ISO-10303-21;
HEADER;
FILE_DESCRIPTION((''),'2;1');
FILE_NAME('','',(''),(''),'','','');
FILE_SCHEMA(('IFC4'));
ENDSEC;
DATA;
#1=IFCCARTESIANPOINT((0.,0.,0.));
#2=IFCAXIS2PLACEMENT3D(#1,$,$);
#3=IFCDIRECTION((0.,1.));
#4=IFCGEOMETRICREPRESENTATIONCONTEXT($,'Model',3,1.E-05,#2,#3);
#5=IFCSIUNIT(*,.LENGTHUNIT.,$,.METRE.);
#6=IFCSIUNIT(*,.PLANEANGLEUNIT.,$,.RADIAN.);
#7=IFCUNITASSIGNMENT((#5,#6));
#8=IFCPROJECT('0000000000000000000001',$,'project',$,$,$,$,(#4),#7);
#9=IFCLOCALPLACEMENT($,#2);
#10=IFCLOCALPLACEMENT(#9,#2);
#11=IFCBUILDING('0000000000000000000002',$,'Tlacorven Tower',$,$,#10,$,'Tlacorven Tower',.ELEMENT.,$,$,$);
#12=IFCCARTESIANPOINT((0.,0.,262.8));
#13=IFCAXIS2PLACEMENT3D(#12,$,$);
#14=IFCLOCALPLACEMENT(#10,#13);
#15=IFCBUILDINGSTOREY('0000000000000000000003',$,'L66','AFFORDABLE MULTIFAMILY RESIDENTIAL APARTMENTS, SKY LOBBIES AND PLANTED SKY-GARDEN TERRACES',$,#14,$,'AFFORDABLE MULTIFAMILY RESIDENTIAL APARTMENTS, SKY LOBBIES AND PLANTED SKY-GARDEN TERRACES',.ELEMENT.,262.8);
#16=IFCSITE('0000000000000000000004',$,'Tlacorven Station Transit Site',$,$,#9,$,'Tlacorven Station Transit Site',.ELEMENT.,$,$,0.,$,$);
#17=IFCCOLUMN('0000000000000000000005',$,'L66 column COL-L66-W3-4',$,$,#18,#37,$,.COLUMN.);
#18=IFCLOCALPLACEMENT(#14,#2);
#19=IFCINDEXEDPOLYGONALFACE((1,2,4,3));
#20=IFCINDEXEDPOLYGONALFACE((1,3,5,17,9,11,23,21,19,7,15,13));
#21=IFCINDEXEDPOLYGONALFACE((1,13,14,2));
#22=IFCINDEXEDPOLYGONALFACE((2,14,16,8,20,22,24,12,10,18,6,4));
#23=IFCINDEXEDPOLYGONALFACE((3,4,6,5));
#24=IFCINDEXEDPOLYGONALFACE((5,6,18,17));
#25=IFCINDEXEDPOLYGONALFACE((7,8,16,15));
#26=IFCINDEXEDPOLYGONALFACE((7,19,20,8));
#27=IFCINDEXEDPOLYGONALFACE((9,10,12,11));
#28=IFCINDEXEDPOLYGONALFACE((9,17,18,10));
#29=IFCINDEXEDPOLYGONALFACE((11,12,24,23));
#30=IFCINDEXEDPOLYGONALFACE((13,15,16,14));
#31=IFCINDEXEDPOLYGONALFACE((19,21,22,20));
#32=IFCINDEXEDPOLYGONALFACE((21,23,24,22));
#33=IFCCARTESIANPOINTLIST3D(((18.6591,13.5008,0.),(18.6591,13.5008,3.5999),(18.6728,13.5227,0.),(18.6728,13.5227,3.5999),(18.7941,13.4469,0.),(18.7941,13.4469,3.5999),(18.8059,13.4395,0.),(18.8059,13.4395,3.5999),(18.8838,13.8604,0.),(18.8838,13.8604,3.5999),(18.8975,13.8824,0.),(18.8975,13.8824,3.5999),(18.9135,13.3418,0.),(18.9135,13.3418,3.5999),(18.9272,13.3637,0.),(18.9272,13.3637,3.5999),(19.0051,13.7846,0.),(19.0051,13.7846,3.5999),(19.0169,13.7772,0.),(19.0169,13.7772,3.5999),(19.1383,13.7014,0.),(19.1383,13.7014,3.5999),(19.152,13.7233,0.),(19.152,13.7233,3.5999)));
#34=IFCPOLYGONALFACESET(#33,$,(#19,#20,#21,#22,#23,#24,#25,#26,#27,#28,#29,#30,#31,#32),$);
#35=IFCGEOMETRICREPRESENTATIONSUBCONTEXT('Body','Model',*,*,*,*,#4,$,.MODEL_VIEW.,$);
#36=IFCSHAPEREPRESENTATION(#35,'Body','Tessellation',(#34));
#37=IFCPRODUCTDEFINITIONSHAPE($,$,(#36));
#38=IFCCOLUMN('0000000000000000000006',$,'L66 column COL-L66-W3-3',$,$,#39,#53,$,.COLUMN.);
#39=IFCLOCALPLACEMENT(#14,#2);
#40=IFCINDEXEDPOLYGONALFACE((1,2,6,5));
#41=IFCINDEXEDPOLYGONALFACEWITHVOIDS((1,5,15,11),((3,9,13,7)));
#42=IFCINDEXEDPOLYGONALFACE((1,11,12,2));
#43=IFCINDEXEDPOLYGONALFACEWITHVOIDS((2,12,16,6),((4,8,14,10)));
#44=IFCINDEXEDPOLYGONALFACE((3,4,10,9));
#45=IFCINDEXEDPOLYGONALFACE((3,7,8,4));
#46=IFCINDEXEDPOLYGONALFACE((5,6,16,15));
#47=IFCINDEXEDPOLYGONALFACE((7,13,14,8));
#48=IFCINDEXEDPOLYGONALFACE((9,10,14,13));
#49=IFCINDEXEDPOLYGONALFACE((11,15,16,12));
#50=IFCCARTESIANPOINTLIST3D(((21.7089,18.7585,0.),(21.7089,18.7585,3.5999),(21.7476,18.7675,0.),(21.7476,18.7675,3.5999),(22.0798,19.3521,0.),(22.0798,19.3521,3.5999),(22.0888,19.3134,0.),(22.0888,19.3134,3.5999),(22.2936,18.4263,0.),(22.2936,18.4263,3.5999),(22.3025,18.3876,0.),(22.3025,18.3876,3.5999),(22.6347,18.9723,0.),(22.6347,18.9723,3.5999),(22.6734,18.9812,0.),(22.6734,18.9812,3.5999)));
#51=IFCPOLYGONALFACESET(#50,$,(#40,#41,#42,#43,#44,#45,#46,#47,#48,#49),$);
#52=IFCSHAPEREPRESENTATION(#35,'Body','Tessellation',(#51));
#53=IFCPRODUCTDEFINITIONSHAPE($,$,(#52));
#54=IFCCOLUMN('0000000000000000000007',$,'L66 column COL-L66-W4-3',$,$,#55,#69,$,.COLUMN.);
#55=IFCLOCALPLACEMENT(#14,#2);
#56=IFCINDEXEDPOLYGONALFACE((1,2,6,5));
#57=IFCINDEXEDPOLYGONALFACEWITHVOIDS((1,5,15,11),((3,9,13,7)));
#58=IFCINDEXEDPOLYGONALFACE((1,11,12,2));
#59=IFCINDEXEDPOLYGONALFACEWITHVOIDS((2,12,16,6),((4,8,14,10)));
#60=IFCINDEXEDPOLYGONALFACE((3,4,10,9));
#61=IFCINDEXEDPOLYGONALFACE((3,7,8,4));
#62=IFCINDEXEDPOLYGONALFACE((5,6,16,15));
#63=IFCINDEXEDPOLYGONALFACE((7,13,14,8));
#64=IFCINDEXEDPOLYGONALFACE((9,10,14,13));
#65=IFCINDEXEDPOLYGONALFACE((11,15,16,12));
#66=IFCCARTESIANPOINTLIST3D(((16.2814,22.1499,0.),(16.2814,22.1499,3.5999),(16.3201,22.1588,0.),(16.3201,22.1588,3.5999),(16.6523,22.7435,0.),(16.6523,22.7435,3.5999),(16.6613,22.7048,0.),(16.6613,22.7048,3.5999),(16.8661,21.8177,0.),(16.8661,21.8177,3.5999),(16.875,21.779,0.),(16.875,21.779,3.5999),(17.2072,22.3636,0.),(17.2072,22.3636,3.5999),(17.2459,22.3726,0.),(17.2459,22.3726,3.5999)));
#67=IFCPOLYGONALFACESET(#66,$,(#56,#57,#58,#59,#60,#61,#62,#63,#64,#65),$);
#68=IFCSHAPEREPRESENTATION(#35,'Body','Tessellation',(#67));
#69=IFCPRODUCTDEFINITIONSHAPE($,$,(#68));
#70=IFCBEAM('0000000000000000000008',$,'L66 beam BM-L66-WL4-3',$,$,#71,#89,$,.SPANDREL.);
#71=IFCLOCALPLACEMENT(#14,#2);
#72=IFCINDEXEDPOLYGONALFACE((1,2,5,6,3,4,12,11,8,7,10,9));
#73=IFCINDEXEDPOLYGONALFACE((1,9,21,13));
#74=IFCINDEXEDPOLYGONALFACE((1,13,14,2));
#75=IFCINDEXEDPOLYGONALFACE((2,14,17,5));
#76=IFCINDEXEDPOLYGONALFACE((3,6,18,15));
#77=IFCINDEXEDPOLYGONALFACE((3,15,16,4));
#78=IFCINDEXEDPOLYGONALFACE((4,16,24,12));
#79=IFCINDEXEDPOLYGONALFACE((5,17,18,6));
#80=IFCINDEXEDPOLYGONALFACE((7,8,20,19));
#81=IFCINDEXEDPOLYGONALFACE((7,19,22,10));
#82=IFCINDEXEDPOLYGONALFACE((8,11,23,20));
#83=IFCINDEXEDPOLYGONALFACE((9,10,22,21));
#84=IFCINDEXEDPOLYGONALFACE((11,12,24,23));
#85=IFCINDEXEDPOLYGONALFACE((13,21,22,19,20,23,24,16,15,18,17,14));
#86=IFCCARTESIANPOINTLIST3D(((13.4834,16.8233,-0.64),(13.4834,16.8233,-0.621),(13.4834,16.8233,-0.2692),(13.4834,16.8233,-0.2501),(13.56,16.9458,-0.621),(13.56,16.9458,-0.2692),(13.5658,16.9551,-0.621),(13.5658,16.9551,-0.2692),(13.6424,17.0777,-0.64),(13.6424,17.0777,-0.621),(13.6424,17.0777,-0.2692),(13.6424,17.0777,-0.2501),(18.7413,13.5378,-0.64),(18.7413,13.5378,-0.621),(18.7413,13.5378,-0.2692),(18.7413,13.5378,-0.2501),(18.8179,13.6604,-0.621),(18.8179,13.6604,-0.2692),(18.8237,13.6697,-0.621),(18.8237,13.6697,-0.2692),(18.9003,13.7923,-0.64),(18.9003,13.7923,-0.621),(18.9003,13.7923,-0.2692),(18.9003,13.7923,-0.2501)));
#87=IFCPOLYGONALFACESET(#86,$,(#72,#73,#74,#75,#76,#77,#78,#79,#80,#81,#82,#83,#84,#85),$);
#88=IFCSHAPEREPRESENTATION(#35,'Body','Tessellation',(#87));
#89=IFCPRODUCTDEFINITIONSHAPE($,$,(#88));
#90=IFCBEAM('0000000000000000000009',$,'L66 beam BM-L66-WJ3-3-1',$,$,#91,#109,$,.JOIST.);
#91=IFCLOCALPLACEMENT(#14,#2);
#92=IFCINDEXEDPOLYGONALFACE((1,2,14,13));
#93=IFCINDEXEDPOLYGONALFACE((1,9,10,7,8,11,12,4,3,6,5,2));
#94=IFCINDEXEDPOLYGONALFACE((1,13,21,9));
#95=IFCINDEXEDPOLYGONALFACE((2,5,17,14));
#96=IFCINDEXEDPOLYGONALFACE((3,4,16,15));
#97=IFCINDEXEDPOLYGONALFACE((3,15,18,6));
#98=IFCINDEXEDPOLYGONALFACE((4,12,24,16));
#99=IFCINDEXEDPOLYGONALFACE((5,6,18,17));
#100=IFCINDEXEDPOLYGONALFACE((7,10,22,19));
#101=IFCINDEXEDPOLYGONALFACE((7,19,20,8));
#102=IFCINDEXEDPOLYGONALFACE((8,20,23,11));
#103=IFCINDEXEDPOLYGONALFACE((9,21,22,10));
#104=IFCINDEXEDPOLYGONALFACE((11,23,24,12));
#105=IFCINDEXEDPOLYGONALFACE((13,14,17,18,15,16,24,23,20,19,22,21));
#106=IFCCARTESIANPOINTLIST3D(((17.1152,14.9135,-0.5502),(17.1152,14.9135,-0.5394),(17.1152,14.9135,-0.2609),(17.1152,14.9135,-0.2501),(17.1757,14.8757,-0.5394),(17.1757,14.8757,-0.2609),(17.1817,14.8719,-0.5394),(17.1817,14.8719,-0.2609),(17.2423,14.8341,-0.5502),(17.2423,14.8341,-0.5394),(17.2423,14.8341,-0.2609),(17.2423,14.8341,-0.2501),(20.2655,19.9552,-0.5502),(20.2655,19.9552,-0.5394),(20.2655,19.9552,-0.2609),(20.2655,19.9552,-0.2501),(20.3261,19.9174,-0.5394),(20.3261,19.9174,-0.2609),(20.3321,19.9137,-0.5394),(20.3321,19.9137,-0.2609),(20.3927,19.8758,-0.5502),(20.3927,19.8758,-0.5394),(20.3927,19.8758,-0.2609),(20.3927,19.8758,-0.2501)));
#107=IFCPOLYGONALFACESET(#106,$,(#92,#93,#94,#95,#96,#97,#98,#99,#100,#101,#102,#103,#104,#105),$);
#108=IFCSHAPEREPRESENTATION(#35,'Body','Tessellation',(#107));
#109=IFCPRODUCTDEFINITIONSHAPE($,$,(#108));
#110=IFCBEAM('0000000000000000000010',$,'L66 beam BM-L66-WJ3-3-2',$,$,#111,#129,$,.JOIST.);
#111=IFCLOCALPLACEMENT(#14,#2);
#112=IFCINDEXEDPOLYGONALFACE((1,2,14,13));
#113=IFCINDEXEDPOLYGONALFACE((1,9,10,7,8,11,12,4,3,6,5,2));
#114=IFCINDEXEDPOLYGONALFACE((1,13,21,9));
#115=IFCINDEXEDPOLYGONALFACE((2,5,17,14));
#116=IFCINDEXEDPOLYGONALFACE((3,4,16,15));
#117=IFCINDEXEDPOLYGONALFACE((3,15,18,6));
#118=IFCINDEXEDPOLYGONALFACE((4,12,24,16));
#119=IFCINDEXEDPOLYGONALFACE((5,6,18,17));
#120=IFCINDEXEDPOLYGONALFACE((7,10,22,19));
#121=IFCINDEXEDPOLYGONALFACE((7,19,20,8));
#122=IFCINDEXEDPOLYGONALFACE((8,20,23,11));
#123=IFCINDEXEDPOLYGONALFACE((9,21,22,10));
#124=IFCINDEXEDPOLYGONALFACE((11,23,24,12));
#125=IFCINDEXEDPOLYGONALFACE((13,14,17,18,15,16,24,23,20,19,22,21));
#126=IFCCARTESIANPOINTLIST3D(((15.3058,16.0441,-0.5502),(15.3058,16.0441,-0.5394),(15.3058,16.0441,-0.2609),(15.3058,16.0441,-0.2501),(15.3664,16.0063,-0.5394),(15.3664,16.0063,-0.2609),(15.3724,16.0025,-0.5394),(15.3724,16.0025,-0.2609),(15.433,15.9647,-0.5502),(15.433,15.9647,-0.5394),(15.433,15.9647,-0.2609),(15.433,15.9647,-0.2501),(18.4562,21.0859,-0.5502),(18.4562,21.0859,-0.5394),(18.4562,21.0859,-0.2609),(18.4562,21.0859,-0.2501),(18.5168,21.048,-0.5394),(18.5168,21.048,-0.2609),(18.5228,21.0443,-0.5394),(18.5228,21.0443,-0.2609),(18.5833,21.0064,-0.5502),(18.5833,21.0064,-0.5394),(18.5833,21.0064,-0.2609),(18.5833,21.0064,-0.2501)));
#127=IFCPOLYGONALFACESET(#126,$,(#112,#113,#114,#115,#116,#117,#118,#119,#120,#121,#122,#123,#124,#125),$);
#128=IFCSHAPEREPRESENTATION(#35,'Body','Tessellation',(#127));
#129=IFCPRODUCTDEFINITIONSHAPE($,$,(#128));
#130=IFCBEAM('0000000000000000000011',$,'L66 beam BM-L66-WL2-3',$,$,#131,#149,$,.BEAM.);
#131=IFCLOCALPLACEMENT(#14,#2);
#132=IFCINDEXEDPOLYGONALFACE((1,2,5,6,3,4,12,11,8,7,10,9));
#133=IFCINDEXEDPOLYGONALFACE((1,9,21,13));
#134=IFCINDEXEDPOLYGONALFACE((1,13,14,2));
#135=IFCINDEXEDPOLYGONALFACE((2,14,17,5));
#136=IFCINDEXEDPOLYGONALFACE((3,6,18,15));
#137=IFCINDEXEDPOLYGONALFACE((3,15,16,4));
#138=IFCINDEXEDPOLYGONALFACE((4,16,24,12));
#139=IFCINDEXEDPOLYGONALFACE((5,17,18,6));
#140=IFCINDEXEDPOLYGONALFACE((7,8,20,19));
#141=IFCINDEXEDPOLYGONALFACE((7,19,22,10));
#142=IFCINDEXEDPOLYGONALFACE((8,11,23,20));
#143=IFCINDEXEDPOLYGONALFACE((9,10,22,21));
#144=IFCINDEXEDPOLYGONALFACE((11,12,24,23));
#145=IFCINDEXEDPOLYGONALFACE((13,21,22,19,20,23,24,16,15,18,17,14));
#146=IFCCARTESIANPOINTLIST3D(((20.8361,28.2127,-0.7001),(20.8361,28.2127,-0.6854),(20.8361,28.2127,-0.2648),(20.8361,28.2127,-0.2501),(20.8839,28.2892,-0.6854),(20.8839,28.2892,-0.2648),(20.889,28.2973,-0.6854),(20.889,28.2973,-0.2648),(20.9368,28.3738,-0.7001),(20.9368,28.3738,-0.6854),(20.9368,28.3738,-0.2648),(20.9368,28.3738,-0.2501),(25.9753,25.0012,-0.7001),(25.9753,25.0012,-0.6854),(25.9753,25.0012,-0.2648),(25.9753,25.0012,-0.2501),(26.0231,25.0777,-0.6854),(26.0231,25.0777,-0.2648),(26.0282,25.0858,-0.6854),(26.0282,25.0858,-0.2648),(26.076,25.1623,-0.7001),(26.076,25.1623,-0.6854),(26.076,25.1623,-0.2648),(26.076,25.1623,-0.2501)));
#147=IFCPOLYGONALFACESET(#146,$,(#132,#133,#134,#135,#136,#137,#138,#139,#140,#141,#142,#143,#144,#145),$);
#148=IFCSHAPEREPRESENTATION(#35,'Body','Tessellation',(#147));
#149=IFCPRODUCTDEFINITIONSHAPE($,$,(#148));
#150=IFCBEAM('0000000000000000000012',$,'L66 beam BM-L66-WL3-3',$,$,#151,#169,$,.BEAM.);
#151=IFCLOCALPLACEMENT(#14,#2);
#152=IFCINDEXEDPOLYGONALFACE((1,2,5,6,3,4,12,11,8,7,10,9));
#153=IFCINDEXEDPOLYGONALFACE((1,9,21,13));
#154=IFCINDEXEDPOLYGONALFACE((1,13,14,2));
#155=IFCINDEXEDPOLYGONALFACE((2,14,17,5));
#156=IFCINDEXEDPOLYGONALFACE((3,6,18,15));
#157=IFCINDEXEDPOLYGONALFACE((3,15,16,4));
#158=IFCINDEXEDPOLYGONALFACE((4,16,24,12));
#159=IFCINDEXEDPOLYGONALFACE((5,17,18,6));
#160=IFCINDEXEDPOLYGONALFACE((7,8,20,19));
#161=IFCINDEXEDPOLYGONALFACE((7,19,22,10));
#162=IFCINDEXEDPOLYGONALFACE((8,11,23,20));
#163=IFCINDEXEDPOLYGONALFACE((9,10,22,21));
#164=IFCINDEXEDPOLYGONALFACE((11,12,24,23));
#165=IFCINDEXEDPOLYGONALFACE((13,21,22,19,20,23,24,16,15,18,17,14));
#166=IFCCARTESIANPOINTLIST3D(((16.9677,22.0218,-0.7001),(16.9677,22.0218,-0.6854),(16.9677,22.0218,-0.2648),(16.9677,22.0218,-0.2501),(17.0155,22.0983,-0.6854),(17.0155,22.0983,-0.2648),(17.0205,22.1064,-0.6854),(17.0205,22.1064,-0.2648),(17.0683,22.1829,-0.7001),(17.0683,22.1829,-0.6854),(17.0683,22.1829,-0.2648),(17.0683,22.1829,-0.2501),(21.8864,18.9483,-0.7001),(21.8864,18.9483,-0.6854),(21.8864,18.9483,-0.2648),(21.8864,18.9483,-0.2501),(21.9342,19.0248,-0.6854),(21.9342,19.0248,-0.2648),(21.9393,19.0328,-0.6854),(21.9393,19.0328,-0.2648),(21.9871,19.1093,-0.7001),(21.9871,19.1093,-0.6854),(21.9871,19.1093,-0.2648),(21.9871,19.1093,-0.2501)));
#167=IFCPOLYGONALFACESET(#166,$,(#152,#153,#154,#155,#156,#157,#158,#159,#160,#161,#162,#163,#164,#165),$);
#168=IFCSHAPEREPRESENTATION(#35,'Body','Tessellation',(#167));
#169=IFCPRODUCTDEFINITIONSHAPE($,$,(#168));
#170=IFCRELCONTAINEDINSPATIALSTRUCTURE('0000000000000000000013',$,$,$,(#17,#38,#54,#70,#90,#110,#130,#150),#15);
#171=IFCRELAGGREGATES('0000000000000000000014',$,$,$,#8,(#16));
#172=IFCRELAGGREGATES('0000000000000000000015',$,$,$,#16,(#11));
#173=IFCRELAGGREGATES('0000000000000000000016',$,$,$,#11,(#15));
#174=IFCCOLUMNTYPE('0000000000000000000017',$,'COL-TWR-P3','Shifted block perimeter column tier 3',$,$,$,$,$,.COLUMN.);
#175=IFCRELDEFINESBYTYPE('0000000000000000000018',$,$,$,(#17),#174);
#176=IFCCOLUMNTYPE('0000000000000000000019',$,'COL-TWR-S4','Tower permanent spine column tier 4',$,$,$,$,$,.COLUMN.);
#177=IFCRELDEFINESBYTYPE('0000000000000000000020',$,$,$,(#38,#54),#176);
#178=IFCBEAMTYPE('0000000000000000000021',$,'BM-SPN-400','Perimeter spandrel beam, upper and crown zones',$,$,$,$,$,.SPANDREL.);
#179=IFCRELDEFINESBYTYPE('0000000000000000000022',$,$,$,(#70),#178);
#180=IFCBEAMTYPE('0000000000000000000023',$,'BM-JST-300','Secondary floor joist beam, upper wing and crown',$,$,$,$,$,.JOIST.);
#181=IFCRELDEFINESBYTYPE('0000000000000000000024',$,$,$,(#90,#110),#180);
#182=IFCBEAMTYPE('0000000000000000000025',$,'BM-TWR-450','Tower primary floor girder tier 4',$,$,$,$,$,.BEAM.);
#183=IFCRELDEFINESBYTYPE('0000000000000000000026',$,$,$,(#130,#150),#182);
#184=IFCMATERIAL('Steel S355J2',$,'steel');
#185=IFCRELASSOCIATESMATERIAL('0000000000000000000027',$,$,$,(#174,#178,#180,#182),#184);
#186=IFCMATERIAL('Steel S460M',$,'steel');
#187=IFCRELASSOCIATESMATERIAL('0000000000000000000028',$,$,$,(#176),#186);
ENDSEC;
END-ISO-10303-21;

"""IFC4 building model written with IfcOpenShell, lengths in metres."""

from ifc_helpers import new_model, si_unit, direction, frame, origin, origin_2d, place, context, subcontext, project, spatial, hollow_rectangle, i_section, extrude, source, transform, mapped, material, material_profile, profile_set, type_object, element, save


model = new_model("IFC4")

# Units and contexts
model_context = context("Model", 3, precision=1e-05, world=origin(), true_north=direction((0.0, 1.0)))
body_context = subcontext(model_context, "Body", "Model", "MODEL_VIEW")
ifc_project = project(units=[si_unit("LENGTHUNIT", "METRE"), si_unit("PLANEANGLEUNIT", "RADIAN")], contexts=[model_context])

# Site, building, storey
site_placement = place(None, origin())
site = spatial("IfcSite", under=ifc_project, at=site_placement, Name="Tlacorven Station Transit Site", LongName="Tlacorven Station Transit Site", CompositionType="ELEMENT", RefElevation=0.0)
building_placement = place(site_placement, origin())
building = spatial("IfcBuilding", under=site, at=building_placement, Name="Tlacorven Tower", LongName="Tlacorven Tower", CompositionType="ELEMENT")
storey_placement = place(building_placement, frame((0.0, 0.0, 262.8)))
storey = spatial("IfcBuildingStorey", under=building, at=storey_placement, Name="L66", Description="AFFORDABLE MULTIFAMILY RESIDENTIAL APARTMENTS, SKY LOBBIES AND PLANTED SKY-GARDEN TERRACES", LongName="AFFORDABLE MULTIFAMILY RESIDENTIAL APARTMENTS, SKY LOBBIES AND PLANTED SKY-GARDEN TERRACES", CompositionType="ELEMENT", Elevation=262.8)

# Columns
ifc_material_1 = material(Name="Steel S355J2", Category="steel")
ifc_material_profile_1 = material_profile(ifc_material_1, i_section(OverallWidth=0.3, OverallDepth=0.45, WebThickness=0.0139, FlangeThickness=0.0259, at=origin_2d()), Name="HEB 450")
ifc_profile_set_1 = profile_set([ifc_material_profile_1], Name="Steel S355J2")
column_type_1 = type_object("IfcColumnType", Name="COL-TWR-P3", Description="Shifted block perimeter column tier 3", PredefinedType="COLUMN", material=ifc_profile_set_1)
shared_shape_1 = source(origin(), body_context, "Body", "SweptSolid", [
    extrude(i_section(OverallWidth=0.3, OverallDepth=0.45, WebThickness=0.0139, FlangeThickness=0.0259, at=origin_2d()), origin(), (0.0, 0.0, 1.0), 3.5999),
])
column_placement = place(storey_placement, frame((18.9055, 13.6121, 0.0), z_axis=(0.0, 0.0, 1.0), x_axis=(-0.848048, 0.529919, 0.0)))
element("IfcColumn", 1, at=column_placement, inside=storey, type_object=column_type_1, Name="L66 column COL-L66-W3-4", PredefinedType="COLUMN", context=body_context, shape_type="MappedRepresentation", body=[
    mapped(shared_shape_1, transform((0.0, 0.0, 0.0), scale=1.0)),
])
ifc_material_2 = material(Name="Steel S460M", Category="steel")
ifc_material_profile_2 = material_profile(ifc_material_2, hollow_rectangle(XDim=0.7, YDim=0.7, WallThickness=0.0281, at=origin_2d()), Name="BOX 700X700X28")
ifc_profile_set_2 = profile_set([ifc_material_profile_2], Name="Steel S460M")
column_type_2 = type_object("IfcColumnType", Name="COL-TWR-S4", Description="Tower permanent spine column tier 4", PredefinedType="COLUMN", material=ifc_profile_set_2)
shared_shape_2 = source(origin(), body_context, "Body", "SweptSolid", [
    extrude(hollow_rectangle(XDim=0.7, YDim=0.7, WallThickness=0.0281, at=origin_2d()), origin(), (0.0, 0.0, 1.0), 3.5999),
])
for number, where, z_axis, x_axis, name in (
    (2, (22.1912, 18.8699, 0.0), (0.0, 0.0, 1.0), (-0.848048, 0.529919, 0.0), "L66 column COL-L66-W3-3"),
    (3, (16.7637, 22.2612, 0.0), (0.0, 0.0, 1.0), (-0.848048, 0.529919, 0.0), "L66 column COL-L66-W4-3"),
):
    element("IfcColumn", number, at=place(storey_placement, frame(where, z_axis=z_axis, x_axis=x_axis)), inside=storey, type_object=column_type_2, Name=name, PredefinedType="COLUMN", context=body_context, shape_type="MappedRepresentation", body=[
        mapped(shared_shape_2, transform((0.0, 0.0, 0.0), scale=1.0)),
    ])

# Beams
ifc_material_profile_3 = material_profile(ifc_material_1, i_section(OverallWidth=0.3, OverallDepth=0.3899, WebThickness=0.011, FlangeThickness=0.019, at=origin_2d()), Name="HEA 400")
ifc_profile_set_3 = profile_set([ifc_material_profile_3], Name="Steel S355J2")
beam_type_1 = type_object("IfcBeamType", Name="BM-SPN-400", Description="Perimeter spandrel beam, upper and crown zones", PredefinedType="SPANDREL", material=ifc_profile_set_3)
shared_shape_3 = source(origin(), body_context, "Body", "SweptSolid", [
    extrude(i_section(OverallWidth=0.3, OverallDepth=0.3899, WebThickness=0.011, FlangeThickness=0.019, at=origin_2d()), origin(), (0.0, 0.0, 1.0), 6.2),
])
beam_1_placement = place(storey_placement, frame((18.8208, 13.665, -0.4451), z_axis=(-0.848051, 0.529914, 0.0), x_axis=(-0.529914, -0.848051, 0.0)))
element("IfcBeam", 4, at=beam_1_placement, inside=storey, type_object=beam_type_1, Name="L66 beam BM-L66-WL4-3", PredefinedType="SPANDREL", context=body_context, shape_type="MappedRepresentation", body=[
    mapped(shared_shape_3, transform((0.0, 0.0, 0.0), scale=1.0)),
])
ifc_material_profile_4 = material_profile(ifc_material_1, i_section(OverallWidth=0.1499, OverallDepth=0.3, WebThickness=0.0071, FlangeThickness=0.0107, at=origin_2d()), Name="IPE 300")
ifc_profile_set_4 = profile_set([ifc_material_profile_4], Name="Steel S355J2")
beam_type_2 = type_object("IfcBeamType", Name="BM-JST-300", Description="Secondary floor joist beam, upper wing and crown", PredefinedType="JOIST", material=ifc_profile_set_4)
shared_shape_4 = source(origin(), body_context, "Body", "SweptSolid", [
    extrude(i_section(OverallWidth=0.1499, OverallDepth=0.3, WebThickness=0.0071, FlangeThickness=0.0107, at=origin_2d()), origin(), (0.0, 0.0, 1.0), 5.9451),
])
for number, where, z_axis, x_axis, name in (
    (5, (20.3291, 19.9155, -0.4001), (-0.529914, -0.848051, 0.0), (0.848051, -0.529914, 0.0), "L66 beam BM-L66-WJ3-3-1"),
    (6, (18.5198, 21.0461, -0.4001), (-0.529914, -0.848051, 0.0), (0.848051, -0.529914, 0.0), "L66 beam BM-L66-WJ3-3-2"),
):
    element("IfcBeam", number, at=place(storey_placement, frame(where, z_axis=z_axis, x_axis=x_axis)), inside=storey, type_object=beam_type_2, Name=name, PredefinedType="JOIST", context=body_context, shape_type="MappedRepresentation", body=[
        mapped(shared_shape_4, transform((0.0, 0.0, 0.0), scale=1.0)),
    ])
ifc_material_profile_5 = material_profile(ifc_material_1, i_section(OverallWidth=0.1899, OverallDepth=0.45, WebThickness=0.0095, FlangeThickness=0.0146, at=origin_2d()), Name="IPE 450")
ifc_profile_set_5 = profile_set([ifc_material_profile_5], Name="Steel S355J2")
beam_type_3 = type_object("IfcBeamType", Name="BM-TWR-450", Description="Tower primary floor girder tier 4", PredefinedType="BEAM", material=ifc_profile_set_5)
shared_shape_5 = source(origin(), body_context, "Body", "SweptSolid", [
    extrude(i_section(OverallWidth=0.1899, OverallDepth=0.45, WebThickness=0.0095, FlangeThickness=0.0146, at=origin_2d()), origin(), (0.0, 0.0, 1.0), 6.0601),
])
beam_2_placement = place(storey_placement, frame((26.0256, 25.0818, -0.4751), z_axis=(-0.848039, 0.529934, 0.0), x_axis=(-0.529934, -0.848039, 0.0)))
element("IfcBeam", 7, at=beam_2_placement, inside=storey, type_object=beam_type_3, Name="L66 beam BM-L66-WL2-3", PredefinedType="BEAM", context=body_context, shape_type="MappedRepresentation", body=[
    mapped(shared_shape_5, transform((0.0, 0.0, 0.0), scale=1.0)),
])
shared_shape_6 = source(origin(), body_context, "Body", "SweptSolid", [
    extrude(i_section(OverallWidth=0.1899, OverallDepth=0.45, WebThickness=0.0095, FlangeThickness=0.0146, at=origin_2d()), origin(), (0.0, 0.0, 1.0), 5.8),
])
for number, where, z_axis, x_axis, name in (
    (8, (21.9368, 19.0288, -0.4751), (-0.848053, 0.529912, 0.0), (-0.529912, -0.848053, 0.0), "L66 beam BM-L66-WL3-3"),
):
    element("IfcBeam", number, at=place(storey_placement, frame(where, z_axis=z_axis, x_axis=x_axis)), inside=storey, type_object=beam_type_3, Name=name, PredefinedType="BEAM", context=body_context, shape_type="MappedRepresentation", body=[
        mapped(shared_shape_6, transform((0.0, 0.0, 0.0), scale=1.0)),
    ])

save(model, "model.ifc")
